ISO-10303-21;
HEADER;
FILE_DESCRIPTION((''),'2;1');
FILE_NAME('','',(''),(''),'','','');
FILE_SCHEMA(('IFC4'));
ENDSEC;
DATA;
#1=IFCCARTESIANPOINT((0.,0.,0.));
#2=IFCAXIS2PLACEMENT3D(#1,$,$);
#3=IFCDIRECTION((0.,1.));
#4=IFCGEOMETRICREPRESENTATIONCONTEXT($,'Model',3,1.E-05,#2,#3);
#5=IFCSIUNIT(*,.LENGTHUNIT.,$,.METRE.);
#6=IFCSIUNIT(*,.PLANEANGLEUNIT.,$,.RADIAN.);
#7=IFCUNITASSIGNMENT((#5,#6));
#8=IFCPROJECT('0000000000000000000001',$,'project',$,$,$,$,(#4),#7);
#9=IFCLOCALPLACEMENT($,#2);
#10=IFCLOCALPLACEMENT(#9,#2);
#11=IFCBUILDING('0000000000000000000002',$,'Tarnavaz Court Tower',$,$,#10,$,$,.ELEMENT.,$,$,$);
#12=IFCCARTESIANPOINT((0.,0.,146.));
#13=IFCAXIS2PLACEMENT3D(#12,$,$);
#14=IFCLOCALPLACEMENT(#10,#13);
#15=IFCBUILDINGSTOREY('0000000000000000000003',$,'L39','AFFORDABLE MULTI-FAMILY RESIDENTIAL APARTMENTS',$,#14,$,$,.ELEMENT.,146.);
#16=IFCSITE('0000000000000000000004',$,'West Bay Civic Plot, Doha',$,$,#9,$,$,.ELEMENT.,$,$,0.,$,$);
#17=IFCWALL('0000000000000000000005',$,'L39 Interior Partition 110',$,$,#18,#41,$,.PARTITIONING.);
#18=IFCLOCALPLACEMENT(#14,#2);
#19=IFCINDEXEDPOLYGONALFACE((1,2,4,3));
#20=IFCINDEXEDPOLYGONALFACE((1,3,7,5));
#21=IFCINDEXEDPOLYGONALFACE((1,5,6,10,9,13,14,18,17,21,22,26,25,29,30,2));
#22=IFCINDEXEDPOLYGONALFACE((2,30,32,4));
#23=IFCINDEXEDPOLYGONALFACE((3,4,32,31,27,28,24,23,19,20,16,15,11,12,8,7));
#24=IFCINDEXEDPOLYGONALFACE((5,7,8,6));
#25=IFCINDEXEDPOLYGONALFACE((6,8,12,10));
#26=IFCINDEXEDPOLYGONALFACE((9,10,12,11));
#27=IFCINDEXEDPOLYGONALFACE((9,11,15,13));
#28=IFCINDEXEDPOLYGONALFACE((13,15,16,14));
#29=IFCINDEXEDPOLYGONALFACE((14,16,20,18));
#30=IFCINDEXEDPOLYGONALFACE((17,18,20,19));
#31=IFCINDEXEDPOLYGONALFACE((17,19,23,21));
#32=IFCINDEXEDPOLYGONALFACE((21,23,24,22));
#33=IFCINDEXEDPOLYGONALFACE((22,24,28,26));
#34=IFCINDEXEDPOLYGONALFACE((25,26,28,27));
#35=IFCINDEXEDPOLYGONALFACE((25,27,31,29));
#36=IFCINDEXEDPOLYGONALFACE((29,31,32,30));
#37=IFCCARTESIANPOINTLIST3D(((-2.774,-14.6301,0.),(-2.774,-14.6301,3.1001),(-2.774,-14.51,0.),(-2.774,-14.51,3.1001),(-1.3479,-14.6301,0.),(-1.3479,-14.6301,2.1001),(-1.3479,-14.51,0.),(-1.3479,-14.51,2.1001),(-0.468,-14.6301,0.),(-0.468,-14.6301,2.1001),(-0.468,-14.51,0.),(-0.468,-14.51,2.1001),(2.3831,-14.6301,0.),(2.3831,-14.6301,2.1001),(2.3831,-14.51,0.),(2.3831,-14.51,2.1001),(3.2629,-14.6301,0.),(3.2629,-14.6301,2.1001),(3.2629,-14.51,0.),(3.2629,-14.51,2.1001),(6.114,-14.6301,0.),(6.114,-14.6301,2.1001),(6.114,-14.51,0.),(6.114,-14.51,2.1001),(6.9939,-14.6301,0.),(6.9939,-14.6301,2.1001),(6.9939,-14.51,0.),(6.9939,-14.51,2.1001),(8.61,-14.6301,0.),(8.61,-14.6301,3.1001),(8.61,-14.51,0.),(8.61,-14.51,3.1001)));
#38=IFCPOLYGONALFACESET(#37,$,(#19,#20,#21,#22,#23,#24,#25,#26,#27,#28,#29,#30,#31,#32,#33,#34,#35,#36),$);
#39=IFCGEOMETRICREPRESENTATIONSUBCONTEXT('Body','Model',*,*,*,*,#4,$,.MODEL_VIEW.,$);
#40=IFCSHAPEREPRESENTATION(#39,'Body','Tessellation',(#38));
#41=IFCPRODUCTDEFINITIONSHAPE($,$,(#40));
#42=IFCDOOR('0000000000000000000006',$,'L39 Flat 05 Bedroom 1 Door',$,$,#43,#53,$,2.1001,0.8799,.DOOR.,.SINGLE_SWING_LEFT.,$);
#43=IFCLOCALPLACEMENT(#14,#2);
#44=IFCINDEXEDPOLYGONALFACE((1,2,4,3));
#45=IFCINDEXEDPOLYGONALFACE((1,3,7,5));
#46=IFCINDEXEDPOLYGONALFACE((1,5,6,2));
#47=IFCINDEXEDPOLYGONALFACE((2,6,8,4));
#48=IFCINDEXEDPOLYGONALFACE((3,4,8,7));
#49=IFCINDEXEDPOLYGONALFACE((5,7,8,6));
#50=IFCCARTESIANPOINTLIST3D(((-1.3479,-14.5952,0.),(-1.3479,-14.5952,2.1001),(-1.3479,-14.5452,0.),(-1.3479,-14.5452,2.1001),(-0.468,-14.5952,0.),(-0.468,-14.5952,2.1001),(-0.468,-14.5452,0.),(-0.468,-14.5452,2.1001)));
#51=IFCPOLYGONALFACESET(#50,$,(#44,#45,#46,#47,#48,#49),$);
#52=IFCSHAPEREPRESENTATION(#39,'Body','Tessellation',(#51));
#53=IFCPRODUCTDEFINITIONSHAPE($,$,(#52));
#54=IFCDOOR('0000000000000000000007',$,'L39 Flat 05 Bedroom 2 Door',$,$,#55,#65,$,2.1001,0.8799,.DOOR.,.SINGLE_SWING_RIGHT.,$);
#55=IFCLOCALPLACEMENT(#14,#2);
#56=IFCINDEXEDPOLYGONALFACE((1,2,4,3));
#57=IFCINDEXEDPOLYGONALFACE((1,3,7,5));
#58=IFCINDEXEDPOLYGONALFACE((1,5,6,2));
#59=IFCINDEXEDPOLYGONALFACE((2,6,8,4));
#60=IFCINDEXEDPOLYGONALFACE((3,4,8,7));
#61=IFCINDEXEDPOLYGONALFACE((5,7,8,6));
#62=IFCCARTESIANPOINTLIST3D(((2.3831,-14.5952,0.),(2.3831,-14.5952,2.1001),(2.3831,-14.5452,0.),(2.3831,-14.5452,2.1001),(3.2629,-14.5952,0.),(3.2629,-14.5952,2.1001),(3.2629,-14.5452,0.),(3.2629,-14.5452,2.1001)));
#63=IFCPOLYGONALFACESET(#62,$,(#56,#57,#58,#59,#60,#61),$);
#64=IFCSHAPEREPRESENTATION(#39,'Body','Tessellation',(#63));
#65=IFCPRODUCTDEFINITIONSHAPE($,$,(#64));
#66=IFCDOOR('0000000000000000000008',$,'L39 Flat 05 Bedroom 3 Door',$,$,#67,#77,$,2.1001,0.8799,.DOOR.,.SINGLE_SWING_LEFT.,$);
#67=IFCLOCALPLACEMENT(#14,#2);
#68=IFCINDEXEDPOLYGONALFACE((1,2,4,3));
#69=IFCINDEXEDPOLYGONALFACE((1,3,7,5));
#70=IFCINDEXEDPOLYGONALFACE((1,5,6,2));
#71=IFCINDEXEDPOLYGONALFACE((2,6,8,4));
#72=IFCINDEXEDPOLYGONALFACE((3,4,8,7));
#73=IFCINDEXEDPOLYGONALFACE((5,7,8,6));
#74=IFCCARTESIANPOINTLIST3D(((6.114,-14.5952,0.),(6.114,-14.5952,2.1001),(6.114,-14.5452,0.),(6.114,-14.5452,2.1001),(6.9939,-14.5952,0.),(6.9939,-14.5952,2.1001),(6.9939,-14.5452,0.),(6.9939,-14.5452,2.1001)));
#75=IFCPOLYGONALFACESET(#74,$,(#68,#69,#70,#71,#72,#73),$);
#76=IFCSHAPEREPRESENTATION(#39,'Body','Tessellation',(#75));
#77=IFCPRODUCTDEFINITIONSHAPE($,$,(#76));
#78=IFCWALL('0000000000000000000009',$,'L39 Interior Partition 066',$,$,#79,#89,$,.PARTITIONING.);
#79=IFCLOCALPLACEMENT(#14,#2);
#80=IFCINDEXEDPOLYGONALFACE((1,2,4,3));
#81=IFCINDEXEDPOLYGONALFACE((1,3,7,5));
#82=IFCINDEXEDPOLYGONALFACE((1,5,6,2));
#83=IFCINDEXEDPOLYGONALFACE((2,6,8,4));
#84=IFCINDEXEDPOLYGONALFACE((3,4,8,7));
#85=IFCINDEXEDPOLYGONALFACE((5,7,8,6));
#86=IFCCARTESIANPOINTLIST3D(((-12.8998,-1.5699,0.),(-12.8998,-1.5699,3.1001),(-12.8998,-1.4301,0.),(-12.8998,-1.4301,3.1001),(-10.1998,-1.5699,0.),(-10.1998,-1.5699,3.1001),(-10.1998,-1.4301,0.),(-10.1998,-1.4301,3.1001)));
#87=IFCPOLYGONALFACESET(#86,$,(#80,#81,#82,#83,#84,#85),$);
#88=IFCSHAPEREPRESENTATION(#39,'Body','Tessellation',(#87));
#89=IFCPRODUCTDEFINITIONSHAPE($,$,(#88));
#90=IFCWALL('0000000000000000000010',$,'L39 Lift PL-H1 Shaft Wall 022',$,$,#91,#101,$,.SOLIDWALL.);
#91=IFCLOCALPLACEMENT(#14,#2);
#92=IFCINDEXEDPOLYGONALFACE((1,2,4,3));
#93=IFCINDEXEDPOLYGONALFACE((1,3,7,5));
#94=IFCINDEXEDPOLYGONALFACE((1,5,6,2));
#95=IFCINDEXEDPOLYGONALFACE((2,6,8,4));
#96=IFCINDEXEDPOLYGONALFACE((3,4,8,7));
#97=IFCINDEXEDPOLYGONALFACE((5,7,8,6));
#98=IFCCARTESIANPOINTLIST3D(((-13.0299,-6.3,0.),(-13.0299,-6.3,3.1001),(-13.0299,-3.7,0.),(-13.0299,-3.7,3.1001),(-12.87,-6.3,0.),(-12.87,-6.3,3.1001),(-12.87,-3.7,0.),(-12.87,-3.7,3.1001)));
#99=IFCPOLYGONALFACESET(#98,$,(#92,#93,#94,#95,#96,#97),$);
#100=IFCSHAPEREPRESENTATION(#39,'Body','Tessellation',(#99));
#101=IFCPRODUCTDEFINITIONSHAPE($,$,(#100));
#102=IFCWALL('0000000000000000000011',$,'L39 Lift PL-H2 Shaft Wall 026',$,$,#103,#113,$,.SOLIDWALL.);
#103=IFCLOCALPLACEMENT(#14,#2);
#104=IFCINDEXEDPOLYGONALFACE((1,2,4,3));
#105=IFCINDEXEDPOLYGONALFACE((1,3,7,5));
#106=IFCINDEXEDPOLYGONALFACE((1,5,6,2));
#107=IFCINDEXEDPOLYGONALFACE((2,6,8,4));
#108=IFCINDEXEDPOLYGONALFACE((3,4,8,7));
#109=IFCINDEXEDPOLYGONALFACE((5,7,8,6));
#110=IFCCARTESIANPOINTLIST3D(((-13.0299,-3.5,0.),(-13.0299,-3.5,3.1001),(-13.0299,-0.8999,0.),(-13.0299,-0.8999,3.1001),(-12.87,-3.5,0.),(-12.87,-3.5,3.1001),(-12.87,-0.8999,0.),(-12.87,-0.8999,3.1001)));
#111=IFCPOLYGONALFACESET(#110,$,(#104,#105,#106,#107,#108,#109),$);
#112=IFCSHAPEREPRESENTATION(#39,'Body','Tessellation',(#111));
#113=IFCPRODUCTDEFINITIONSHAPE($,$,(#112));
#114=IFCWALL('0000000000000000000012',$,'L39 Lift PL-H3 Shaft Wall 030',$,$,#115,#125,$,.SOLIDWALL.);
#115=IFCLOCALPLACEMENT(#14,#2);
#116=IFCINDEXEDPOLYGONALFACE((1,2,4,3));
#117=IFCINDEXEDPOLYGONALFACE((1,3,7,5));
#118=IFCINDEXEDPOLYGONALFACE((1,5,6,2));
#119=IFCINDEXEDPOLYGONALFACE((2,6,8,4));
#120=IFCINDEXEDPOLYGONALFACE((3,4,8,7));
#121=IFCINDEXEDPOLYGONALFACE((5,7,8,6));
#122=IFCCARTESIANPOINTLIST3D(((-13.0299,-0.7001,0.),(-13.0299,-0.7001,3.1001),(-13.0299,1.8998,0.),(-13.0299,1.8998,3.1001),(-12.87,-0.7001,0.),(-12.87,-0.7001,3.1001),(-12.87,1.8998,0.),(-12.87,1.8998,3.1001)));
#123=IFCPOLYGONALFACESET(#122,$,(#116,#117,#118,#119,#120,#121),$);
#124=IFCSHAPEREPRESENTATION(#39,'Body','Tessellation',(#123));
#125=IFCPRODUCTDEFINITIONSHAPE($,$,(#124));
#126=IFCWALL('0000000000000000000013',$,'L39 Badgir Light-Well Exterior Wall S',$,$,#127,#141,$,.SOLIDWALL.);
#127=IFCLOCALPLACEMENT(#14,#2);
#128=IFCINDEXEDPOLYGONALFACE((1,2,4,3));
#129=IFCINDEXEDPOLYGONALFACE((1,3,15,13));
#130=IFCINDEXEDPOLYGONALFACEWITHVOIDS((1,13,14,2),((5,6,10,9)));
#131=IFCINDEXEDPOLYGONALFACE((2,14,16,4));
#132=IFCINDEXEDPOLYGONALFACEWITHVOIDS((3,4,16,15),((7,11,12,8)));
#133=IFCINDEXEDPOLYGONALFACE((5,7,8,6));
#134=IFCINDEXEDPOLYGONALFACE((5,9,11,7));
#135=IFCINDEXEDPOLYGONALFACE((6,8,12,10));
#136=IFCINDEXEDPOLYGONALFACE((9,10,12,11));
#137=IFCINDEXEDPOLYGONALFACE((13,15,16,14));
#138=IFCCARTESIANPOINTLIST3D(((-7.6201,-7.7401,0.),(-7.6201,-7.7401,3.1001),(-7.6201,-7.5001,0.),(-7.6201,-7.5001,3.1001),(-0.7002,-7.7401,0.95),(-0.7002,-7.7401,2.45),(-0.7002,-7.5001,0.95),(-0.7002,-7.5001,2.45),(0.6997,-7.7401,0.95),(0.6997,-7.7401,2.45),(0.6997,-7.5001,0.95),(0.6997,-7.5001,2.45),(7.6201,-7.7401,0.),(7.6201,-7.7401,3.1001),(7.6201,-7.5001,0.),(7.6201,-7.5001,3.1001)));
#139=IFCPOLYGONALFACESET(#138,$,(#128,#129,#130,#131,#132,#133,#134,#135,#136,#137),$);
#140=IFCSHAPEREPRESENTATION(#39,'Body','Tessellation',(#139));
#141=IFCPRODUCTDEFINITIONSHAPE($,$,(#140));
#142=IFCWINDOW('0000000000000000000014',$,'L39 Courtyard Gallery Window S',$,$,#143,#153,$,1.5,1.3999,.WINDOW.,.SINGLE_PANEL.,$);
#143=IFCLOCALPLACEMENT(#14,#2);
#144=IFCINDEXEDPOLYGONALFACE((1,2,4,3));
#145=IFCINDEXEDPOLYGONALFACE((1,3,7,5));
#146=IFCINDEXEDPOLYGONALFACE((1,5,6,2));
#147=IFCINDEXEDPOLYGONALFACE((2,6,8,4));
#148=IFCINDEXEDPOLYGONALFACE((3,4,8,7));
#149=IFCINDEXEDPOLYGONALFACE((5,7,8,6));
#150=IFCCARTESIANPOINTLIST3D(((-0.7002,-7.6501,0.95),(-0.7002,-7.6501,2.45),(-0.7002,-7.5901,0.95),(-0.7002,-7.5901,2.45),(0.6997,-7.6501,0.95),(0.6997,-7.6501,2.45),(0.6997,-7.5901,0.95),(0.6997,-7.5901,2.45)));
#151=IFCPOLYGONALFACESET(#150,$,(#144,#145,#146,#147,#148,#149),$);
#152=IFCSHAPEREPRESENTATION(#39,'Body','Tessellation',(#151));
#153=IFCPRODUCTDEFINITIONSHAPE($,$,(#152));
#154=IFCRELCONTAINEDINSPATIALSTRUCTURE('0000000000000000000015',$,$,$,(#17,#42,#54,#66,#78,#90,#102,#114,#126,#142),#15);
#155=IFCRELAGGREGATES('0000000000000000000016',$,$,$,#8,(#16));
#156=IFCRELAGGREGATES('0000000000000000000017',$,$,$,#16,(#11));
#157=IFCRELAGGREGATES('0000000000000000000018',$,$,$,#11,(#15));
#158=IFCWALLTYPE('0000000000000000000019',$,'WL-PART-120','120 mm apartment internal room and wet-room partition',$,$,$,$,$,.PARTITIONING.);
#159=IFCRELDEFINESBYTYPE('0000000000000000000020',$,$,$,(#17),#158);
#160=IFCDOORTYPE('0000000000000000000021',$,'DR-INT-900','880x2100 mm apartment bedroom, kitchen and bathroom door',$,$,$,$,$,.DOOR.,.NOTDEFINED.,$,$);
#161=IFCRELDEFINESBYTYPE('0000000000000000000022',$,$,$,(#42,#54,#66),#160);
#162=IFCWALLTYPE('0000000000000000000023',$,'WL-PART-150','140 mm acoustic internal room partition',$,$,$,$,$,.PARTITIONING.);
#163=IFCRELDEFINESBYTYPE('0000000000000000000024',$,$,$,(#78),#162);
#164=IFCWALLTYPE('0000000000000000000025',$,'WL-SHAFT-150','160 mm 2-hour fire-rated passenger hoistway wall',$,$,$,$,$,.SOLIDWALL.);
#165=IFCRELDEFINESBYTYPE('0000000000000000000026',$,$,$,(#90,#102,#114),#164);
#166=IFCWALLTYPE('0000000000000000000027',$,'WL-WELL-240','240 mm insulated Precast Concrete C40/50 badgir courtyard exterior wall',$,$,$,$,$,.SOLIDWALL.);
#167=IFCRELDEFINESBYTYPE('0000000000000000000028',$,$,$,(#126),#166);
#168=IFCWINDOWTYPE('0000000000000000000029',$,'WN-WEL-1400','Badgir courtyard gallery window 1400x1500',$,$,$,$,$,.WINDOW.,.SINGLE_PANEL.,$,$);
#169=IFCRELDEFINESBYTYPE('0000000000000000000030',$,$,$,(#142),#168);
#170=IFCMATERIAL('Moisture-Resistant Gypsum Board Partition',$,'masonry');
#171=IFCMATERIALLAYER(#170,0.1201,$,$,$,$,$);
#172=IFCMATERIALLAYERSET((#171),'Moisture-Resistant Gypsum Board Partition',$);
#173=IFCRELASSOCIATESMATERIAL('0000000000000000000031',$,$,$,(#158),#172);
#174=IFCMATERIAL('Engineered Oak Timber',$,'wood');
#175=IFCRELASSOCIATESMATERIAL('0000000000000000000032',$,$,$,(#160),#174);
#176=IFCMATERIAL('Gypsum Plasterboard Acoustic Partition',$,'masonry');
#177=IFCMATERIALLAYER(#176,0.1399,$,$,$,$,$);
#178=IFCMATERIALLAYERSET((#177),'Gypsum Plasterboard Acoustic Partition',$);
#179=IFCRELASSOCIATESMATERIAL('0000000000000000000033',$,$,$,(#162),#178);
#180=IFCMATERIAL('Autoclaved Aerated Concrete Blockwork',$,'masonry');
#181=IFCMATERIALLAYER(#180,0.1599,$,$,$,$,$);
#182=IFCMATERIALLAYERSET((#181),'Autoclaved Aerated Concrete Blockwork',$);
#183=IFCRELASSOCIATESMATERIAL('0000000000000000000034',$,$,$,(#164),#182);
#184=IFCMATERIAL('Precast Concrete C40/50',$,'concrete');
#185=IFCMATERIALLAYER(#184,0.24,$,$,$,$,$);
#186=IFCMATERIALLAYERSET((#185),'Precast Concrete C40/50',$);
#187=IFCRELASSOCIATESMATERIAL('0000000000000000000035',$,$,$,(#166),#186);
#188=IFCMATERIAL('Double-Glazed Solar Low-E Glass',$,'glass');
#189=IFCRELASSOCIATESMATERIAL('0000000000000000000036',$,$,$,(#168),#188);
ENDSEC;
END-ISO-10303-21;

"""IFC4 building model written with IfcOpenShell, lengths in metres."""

from ifc_helpers import new_model, si_unit, direction, frame, frame_2d, origin, place, context, subcontext, project, spatial, rectangle, extrude, material, layer, layer_set, type_object, element, fill, save


model = new_model("IFC4")

# Units and contexts
model_context = context("Model", 3, precision=1e-05, world=origin(), true_north=direction((0.0, 1.0)))
body_context = subcontext(model_context, "Body", "Model", "MODEL_VIEW")
ifc_project = project(units=[si_unit("LENGTHUNIT", "METRE"), si_unit("PLANEANGLEUNIT", "RADIAN")], contexts=[model_context])

# Site, building, storey
site_placement = place(None, origin())
site = spatial("IfcSite", under=ifc_project, at=site_placement, Name="West Bay Civic Plot, Doha", CompositionType="ELEMENT", RefElevation=0.0)
building_placement = place(site_placement, origin())
building = spatial("IfcBuilding", under=site, at=building_placement, Name="Tarnavaz Court Tower", CompositionType="ELEMENT")
storey_placement = place(building_placement, frame((0.0, 0.0, 146.0)))
storey = spatial("IfcBuildingStorey", under=building, at=storey_placement, Name="L39", Description="AFFORDABLE MULTI-FAMILY RESIDENTIAL APARTMENTS", CompositionType="ELEMENT", Elevation=146.0)

# Shared definitions
ifc_material_1 = material(Name="Moisture-Resistant Gypsum Board Partition", Category="masonry")
ifc_layer_1 = layer(ifc_material_1, 0.1201)
ifc_layer_set_1 = layer_set([ifc_layer_1], Name="Moisture-Resistant Gypsum Board Partition")
wall_type_1 = type_object("IfcWallType", Name="WL-PART-120", Description="120 mm apartment internal room and wet-room partition", PredefinedType="PARTITIONING", material=ifc_layer_set_1)
ifc_material_2 = material(Name="Engineered Oak Timber", Category="wood")
door_type_1 = type_object("IfcDoorType", Name="DR-INT-900", Description="880x2100 mm apartment bedroom, kitchen and bathroom door", OperationType="NOTDEFINED", PredefinedType="DOOR", material=ifc_material_2)

# Wall, openings, doors
wall_1_placement = place(storey_placement, frame((-2.7739, -14.5701, 0.0), z_axis=(0.0, 0.0, 1.0), x_axis=(1.0, 0.0, 0.0)))
wall_1 = element("IfcWall", 1, at=wall_1_placement, inside=storey, type_object=wall_type_1, Name="L39 Interior Partition 110", PredefinedType="PARTITIONING", context=body_context, shape_type="SweptSolid", body=[
    extrude(rectangle(XDim=11.384, YDim=0.1201, at=frame_2d((5.6919, 0.0))), origin(), (0.0, 0.0, 1.0), 3.1001),
])
opening_1_placement = place(wall_1_placement, frame((1.426, 0.0, 0.0)))
opening_1 = element("IfcOpeningElement", 2, at=opening_1_placement, cuts=wall_1, PredefinedType="OPENING", context=body_context, shape_type="SweptSolid", body=[
    extrude(rectangle(XDim=0.8799, YDim=2.1001, at=frame_2d((0.4399, 1.05))), frame((0.0, 0.0701, 0.0), z_axis=(0.0, -1.0, 0.0), x_axis=(1.0, 0.0, 0.0)), (0.0, 0.0, 1.0), 0.1401),
])
opening_2_placement = place(wall_1_placement, frame((5.157, 0.0, 0.0)))
opening_2 = element("IfcOpeningElement", 3, at=opening_2_placement, cuts=wall_1, PredefinedType="OPENING", context=body_context, shape_type="SweptSolid", body=[
    extrude(rectangle(XDim=0.8799, YDim=2.1001, at=frame_2d((0.4399, 1.05))), frame((0.0, 0.0701, 0.0), z_axis=(0.0, -1.0, 0.0), x_axis=(1.0, 0.0, 0.0)), (0.0, 0.0, 1.0), 0.1401),
])
opening_3_placement = place(wall_1_placement, frame((8.8879, 0.0, 0.0)))
opening_3 = element("IfcOpeningElement", 4, at=opening_3_placement, cuts=wall_1, PredefinedType="OPENING", context=body_context, shape_type="SweptSolid", body=[
    extrude(rectangle(XDim=0.8799, YDim=2.1001, at=frame_2d((0.4399, 1.05))), frame((0.0, 0.0701, 0.0), z_axis=(0.0, -1.0, 0.0), x_axis=(1.0, 0.0, 0.0)), (0.0, 0.0, 1.0), 0.1401),
])
door_1_placement = place(opening_1_placement, origin())
door_1 = element("IfcDoor", 5, at=door_1_placement, inside=storey, type_object=door_type_1, Name="L39 Flat 05 Bedroom 1 Door", OperationType="SINGLE_SWING_LEFT", OverallHeight=2.1001, OverallWidth=0.8799, PredefinedType="DOOR", context=body_context, shape_type="SweptSolid", body=[
    extrude(rectangle(XDim=0.8799, YDim=2.1001, at=frame_2d((0.4399, 1.05))), frame((0.0, 0.0249, 0.0), z_axis=(0.0, -1.0, 0.0), x_axis=(1.0, 0.0, 0.0)), (0.0, 0.0, 1.0), 0.05),
])
fill(opening_1, door_1)
door_2_placement = place(opening_2_placement, origin())
door_2 = element("IfcDoor", 6, at=door_2_placement, inside=storey, type_object=door_type_1, Name="L39 Flat 05 Bedroom 2 Door", OperationType="SINGLE_SWING_RIGHT", OverallHeight=2.1001, OverallWidth=0.8799, PredefinedType="DOOR", context=body_context, shape_type="SweptSolid", body=[
    extrude(rectangle(XDim=0.8799, YDim=2.1001, at=frame_2d((0.4399, 1.05))), frame((0.0, 0.0249, 0.0), z_axis=(0.0, -1.0, 0.0), x_axis=(1.0, 0.0, 0.0)), (0.0, 0.0, 1.0), 0.05),
])
fill(opening_2, door_2)
door_3_placement = place(opening_3_placement, origin())
door_3 = element("IfcDoor", 7, at=door_3_placement, inside=storey, type_object=door_type_1, Name="L39 Flat 05 Bedroom 3 Door", OperationType="SINGLE_SWING_LEFT", OverallHeight=2.1001, OverallWidth=0.8799, PredefinedType="DOOR", context=body_context, shape_type="SweptSolid", body=[
    extrude(rectangle(XDim=0.8799, YDim=2.1001, at=frame_2d((0.4399, 1.05))), frame((0.0, 0.0249, 0.0), z_axis=(0.0, -1.0, 0.0), x_axis=(1.0, 0.0, 0.0)), (0.0, 0.0, 1.0), 0.05),
])
fill(opening_3, door_3)
ifc_material_3 = material(Name="Gypsum Plasterboard Acoustic Partition", Category="masonry")
ifc_layer_2 = layer(ifc_material_3, 0.1399)
ifc_layer_set_2 = layer_set([ifc_layer_2], Name="Gypsum Plasterboard Acoustic Partition")
wall_type_2 = type_object("IfcWallType", Name="WL-PART-150", Description="140 mm acoustic internal room partition", PredefinedType="PARTITIONING", material=ifc_layer_set_2)

# Walls
wall_2_placement = place(storey_placement, frame((-12.8999, -1.5, 0.0), z_axis=(0.0, 0.0, 1.0), x_axis=(1.0, 0.0, 0.0)))
element("IfcWall", 8, at=wall_2_placement, inside=storey, type_object=wall_type_2, Name="L39 Interior Partition 066", PredefinedType="PARTITIONING", context=body_context, shape_type="SweptSolid", body=[
    extrude(rectangle(XDim=2.7, YDim=0.1399, at=frame_2d((1.3501, 0.0))), origin(), (0.0, 0.0, 1.0), 3.1001),
])
ifc_material_4 = material(Name="Autoclaved Aerated Concrete Blockwork", Category="masonry")
ifc_layer_3 = layer(ifc_material_4, 0.1599)
ifc_layer_set_3 = layer_set([ifc_layer_3], Name="Autoclaved Aerated Concrete Blockwork")
wall_type_3 = type_object("IfcWallType", Name="WL-SHAFT-150", Description="160 mm 2-hour fire-rated passenger hoistway wall", PredefinedType="SOLIDWALL", material=ifc_layer_set_3)
for number, where, z_axis, x_axis, name in (
    (9, (-12.95, -6.3, 0.0), (0.0, 0.0, 1.0), (0.0, 1.0, 0.0), "L39 Lift PL-H1 Shaft Wall 022"),
    (10, (-12.95, -3.5, 0.0), (0.0, 0.0, 1.0), (0.0, 1.0, 0.0), "L39 Lift PL-H2 Shaft Wall 026"),
):
    element("IfcWall", number, at=place(storey_placement, frame(where, z_axis=z_axis, x_axis=x_axis)), inside=storey, type_object=wall_type_3, Name=name, PredefinedType="SOLIDWALL", context=body_context, shape_type="SweptSolid", body=[
        extrude(rectangle(XDim=2.6001, YDim=0.1599, at=frame_2d((1.3, 0.0))), origin(), (0.0, 0.0, 1.0), 3.1001),
    ])
wall_3_placement = place(storey_placement, frame((-12.95, -0.7, 0.0), z_axis=(0.0, 0.0, 1.0), x_axis=(0.0, 1.0, 0.0)))
element("IfcWall", 11, at=wall_3_placement, inside=storey, type_object=wall_type_3, Name="L39 Lift PL-H3 Shaft Wall 030", PredefinedType="SOLIDWALL", context=body_context, shape_type="SweptSolid", body=[
    extrude(rectangle(XDim=2.5999, YDim=0.1599, at=frame_2d((1.2998, 0.0))), origin(), (0.0, 0.0, 1.0), 3.1001),
])

# Wall, opening, window
ifc_material_5 = material(Name="Precast Concrete C40/50", Category="concrete")
ifc_layer_4 = layer(ifc_material_5, 0.24)
ifc_layer_set_4 = layer_set([ifc_layer_4], Name="Precast Concrete C40/50")
wall_type_4 = type_object("IfcWallType", Name="WL-WELL-240", Description="240 mm insulated Precast Concrete C40/50 badgir courtyard exterior wall", PredefinedType="SOLIDWALL", material=ifc_layer_set_4)
wall_4_placement = place(storey_placement, frame((-7.6201, -7.6201, 0.0), z_axis=(0.0, 0.0, 1.0), x_axis=(1.0, 0.0, 0.0)))
wall_4 = element("IfcWall", 12, at=wall_4_placement, inside=storey, type_object=wall_type_4, Name="L39 Badgir Light-Well Exterior Wall S", PredefinedType="SOLIDWALL", context=body_context, shape_type="SweptSolid", body=[
    extrude(rectangle(XDim=15.2402, YDim=0.24, at=frame_2d((7.6201, 0.0))), origin(), (0.0, 0.0, 1.0), 3.1001),
])
opening_4_placement = place(wall_4_placement, frame((6.9199, 0.0, 0.95)))
opening_4 = element("IfcOpeningElement", 13, at=opening_4_placement, cuts=wall_4, PredefinedType="OPENING", context=body_context, shape_type="SweptSolid", body=[
    extrude(rectangle(XDim=1.3999, YDim=1.5, at=frame_2d((0.7, 0.75))), frame((0.0, 0.1299, 0.0), z_axis=(0.0, -1.0, 0.0), x_axis=(1.0, 0.0, 0.0)), (0.0, 0.0, 1.0), 0.26),
])
ifc_material_6 = material(Name="Double-Glazed Solar Low-E Glass", Category="glass")
window_type = type_object("IfcWindowType", Name="WN-WEL-1400", Description="Badgir courtyard gallery window 1400x1500", PartitioningType="SINGLE_PANEL", PredefinedType="WINDOW", material=ifc_material_6)
window_placement = place(opening_4_placement, origin())
window = element("IfcWindow", 14, at=window_placement, inside=storey, type_object=window_type, Name="L39 Courtyard Gallery Window S", OverallHeight=1.5, OverallWidth=1.3999, PartitioningType="SINGLE_PANEL", PredefinedType="WINDOW", context=body_context, shape_type="SweptSolid", body=[
    extrude(rectangle(XDim=1.3999, YDim=1.5, at=frame_2d((0.7, 0.75))), frame((0.0, 0.03, 0.0), z_axis=(0.0, -1.0, 0.0), x_axis=(1.0, 0.0, 0.0)), (0.0, 0.0, 1.0), 0.0601),
])
fill(opening_4, window)

save(model, "model.ifc")
